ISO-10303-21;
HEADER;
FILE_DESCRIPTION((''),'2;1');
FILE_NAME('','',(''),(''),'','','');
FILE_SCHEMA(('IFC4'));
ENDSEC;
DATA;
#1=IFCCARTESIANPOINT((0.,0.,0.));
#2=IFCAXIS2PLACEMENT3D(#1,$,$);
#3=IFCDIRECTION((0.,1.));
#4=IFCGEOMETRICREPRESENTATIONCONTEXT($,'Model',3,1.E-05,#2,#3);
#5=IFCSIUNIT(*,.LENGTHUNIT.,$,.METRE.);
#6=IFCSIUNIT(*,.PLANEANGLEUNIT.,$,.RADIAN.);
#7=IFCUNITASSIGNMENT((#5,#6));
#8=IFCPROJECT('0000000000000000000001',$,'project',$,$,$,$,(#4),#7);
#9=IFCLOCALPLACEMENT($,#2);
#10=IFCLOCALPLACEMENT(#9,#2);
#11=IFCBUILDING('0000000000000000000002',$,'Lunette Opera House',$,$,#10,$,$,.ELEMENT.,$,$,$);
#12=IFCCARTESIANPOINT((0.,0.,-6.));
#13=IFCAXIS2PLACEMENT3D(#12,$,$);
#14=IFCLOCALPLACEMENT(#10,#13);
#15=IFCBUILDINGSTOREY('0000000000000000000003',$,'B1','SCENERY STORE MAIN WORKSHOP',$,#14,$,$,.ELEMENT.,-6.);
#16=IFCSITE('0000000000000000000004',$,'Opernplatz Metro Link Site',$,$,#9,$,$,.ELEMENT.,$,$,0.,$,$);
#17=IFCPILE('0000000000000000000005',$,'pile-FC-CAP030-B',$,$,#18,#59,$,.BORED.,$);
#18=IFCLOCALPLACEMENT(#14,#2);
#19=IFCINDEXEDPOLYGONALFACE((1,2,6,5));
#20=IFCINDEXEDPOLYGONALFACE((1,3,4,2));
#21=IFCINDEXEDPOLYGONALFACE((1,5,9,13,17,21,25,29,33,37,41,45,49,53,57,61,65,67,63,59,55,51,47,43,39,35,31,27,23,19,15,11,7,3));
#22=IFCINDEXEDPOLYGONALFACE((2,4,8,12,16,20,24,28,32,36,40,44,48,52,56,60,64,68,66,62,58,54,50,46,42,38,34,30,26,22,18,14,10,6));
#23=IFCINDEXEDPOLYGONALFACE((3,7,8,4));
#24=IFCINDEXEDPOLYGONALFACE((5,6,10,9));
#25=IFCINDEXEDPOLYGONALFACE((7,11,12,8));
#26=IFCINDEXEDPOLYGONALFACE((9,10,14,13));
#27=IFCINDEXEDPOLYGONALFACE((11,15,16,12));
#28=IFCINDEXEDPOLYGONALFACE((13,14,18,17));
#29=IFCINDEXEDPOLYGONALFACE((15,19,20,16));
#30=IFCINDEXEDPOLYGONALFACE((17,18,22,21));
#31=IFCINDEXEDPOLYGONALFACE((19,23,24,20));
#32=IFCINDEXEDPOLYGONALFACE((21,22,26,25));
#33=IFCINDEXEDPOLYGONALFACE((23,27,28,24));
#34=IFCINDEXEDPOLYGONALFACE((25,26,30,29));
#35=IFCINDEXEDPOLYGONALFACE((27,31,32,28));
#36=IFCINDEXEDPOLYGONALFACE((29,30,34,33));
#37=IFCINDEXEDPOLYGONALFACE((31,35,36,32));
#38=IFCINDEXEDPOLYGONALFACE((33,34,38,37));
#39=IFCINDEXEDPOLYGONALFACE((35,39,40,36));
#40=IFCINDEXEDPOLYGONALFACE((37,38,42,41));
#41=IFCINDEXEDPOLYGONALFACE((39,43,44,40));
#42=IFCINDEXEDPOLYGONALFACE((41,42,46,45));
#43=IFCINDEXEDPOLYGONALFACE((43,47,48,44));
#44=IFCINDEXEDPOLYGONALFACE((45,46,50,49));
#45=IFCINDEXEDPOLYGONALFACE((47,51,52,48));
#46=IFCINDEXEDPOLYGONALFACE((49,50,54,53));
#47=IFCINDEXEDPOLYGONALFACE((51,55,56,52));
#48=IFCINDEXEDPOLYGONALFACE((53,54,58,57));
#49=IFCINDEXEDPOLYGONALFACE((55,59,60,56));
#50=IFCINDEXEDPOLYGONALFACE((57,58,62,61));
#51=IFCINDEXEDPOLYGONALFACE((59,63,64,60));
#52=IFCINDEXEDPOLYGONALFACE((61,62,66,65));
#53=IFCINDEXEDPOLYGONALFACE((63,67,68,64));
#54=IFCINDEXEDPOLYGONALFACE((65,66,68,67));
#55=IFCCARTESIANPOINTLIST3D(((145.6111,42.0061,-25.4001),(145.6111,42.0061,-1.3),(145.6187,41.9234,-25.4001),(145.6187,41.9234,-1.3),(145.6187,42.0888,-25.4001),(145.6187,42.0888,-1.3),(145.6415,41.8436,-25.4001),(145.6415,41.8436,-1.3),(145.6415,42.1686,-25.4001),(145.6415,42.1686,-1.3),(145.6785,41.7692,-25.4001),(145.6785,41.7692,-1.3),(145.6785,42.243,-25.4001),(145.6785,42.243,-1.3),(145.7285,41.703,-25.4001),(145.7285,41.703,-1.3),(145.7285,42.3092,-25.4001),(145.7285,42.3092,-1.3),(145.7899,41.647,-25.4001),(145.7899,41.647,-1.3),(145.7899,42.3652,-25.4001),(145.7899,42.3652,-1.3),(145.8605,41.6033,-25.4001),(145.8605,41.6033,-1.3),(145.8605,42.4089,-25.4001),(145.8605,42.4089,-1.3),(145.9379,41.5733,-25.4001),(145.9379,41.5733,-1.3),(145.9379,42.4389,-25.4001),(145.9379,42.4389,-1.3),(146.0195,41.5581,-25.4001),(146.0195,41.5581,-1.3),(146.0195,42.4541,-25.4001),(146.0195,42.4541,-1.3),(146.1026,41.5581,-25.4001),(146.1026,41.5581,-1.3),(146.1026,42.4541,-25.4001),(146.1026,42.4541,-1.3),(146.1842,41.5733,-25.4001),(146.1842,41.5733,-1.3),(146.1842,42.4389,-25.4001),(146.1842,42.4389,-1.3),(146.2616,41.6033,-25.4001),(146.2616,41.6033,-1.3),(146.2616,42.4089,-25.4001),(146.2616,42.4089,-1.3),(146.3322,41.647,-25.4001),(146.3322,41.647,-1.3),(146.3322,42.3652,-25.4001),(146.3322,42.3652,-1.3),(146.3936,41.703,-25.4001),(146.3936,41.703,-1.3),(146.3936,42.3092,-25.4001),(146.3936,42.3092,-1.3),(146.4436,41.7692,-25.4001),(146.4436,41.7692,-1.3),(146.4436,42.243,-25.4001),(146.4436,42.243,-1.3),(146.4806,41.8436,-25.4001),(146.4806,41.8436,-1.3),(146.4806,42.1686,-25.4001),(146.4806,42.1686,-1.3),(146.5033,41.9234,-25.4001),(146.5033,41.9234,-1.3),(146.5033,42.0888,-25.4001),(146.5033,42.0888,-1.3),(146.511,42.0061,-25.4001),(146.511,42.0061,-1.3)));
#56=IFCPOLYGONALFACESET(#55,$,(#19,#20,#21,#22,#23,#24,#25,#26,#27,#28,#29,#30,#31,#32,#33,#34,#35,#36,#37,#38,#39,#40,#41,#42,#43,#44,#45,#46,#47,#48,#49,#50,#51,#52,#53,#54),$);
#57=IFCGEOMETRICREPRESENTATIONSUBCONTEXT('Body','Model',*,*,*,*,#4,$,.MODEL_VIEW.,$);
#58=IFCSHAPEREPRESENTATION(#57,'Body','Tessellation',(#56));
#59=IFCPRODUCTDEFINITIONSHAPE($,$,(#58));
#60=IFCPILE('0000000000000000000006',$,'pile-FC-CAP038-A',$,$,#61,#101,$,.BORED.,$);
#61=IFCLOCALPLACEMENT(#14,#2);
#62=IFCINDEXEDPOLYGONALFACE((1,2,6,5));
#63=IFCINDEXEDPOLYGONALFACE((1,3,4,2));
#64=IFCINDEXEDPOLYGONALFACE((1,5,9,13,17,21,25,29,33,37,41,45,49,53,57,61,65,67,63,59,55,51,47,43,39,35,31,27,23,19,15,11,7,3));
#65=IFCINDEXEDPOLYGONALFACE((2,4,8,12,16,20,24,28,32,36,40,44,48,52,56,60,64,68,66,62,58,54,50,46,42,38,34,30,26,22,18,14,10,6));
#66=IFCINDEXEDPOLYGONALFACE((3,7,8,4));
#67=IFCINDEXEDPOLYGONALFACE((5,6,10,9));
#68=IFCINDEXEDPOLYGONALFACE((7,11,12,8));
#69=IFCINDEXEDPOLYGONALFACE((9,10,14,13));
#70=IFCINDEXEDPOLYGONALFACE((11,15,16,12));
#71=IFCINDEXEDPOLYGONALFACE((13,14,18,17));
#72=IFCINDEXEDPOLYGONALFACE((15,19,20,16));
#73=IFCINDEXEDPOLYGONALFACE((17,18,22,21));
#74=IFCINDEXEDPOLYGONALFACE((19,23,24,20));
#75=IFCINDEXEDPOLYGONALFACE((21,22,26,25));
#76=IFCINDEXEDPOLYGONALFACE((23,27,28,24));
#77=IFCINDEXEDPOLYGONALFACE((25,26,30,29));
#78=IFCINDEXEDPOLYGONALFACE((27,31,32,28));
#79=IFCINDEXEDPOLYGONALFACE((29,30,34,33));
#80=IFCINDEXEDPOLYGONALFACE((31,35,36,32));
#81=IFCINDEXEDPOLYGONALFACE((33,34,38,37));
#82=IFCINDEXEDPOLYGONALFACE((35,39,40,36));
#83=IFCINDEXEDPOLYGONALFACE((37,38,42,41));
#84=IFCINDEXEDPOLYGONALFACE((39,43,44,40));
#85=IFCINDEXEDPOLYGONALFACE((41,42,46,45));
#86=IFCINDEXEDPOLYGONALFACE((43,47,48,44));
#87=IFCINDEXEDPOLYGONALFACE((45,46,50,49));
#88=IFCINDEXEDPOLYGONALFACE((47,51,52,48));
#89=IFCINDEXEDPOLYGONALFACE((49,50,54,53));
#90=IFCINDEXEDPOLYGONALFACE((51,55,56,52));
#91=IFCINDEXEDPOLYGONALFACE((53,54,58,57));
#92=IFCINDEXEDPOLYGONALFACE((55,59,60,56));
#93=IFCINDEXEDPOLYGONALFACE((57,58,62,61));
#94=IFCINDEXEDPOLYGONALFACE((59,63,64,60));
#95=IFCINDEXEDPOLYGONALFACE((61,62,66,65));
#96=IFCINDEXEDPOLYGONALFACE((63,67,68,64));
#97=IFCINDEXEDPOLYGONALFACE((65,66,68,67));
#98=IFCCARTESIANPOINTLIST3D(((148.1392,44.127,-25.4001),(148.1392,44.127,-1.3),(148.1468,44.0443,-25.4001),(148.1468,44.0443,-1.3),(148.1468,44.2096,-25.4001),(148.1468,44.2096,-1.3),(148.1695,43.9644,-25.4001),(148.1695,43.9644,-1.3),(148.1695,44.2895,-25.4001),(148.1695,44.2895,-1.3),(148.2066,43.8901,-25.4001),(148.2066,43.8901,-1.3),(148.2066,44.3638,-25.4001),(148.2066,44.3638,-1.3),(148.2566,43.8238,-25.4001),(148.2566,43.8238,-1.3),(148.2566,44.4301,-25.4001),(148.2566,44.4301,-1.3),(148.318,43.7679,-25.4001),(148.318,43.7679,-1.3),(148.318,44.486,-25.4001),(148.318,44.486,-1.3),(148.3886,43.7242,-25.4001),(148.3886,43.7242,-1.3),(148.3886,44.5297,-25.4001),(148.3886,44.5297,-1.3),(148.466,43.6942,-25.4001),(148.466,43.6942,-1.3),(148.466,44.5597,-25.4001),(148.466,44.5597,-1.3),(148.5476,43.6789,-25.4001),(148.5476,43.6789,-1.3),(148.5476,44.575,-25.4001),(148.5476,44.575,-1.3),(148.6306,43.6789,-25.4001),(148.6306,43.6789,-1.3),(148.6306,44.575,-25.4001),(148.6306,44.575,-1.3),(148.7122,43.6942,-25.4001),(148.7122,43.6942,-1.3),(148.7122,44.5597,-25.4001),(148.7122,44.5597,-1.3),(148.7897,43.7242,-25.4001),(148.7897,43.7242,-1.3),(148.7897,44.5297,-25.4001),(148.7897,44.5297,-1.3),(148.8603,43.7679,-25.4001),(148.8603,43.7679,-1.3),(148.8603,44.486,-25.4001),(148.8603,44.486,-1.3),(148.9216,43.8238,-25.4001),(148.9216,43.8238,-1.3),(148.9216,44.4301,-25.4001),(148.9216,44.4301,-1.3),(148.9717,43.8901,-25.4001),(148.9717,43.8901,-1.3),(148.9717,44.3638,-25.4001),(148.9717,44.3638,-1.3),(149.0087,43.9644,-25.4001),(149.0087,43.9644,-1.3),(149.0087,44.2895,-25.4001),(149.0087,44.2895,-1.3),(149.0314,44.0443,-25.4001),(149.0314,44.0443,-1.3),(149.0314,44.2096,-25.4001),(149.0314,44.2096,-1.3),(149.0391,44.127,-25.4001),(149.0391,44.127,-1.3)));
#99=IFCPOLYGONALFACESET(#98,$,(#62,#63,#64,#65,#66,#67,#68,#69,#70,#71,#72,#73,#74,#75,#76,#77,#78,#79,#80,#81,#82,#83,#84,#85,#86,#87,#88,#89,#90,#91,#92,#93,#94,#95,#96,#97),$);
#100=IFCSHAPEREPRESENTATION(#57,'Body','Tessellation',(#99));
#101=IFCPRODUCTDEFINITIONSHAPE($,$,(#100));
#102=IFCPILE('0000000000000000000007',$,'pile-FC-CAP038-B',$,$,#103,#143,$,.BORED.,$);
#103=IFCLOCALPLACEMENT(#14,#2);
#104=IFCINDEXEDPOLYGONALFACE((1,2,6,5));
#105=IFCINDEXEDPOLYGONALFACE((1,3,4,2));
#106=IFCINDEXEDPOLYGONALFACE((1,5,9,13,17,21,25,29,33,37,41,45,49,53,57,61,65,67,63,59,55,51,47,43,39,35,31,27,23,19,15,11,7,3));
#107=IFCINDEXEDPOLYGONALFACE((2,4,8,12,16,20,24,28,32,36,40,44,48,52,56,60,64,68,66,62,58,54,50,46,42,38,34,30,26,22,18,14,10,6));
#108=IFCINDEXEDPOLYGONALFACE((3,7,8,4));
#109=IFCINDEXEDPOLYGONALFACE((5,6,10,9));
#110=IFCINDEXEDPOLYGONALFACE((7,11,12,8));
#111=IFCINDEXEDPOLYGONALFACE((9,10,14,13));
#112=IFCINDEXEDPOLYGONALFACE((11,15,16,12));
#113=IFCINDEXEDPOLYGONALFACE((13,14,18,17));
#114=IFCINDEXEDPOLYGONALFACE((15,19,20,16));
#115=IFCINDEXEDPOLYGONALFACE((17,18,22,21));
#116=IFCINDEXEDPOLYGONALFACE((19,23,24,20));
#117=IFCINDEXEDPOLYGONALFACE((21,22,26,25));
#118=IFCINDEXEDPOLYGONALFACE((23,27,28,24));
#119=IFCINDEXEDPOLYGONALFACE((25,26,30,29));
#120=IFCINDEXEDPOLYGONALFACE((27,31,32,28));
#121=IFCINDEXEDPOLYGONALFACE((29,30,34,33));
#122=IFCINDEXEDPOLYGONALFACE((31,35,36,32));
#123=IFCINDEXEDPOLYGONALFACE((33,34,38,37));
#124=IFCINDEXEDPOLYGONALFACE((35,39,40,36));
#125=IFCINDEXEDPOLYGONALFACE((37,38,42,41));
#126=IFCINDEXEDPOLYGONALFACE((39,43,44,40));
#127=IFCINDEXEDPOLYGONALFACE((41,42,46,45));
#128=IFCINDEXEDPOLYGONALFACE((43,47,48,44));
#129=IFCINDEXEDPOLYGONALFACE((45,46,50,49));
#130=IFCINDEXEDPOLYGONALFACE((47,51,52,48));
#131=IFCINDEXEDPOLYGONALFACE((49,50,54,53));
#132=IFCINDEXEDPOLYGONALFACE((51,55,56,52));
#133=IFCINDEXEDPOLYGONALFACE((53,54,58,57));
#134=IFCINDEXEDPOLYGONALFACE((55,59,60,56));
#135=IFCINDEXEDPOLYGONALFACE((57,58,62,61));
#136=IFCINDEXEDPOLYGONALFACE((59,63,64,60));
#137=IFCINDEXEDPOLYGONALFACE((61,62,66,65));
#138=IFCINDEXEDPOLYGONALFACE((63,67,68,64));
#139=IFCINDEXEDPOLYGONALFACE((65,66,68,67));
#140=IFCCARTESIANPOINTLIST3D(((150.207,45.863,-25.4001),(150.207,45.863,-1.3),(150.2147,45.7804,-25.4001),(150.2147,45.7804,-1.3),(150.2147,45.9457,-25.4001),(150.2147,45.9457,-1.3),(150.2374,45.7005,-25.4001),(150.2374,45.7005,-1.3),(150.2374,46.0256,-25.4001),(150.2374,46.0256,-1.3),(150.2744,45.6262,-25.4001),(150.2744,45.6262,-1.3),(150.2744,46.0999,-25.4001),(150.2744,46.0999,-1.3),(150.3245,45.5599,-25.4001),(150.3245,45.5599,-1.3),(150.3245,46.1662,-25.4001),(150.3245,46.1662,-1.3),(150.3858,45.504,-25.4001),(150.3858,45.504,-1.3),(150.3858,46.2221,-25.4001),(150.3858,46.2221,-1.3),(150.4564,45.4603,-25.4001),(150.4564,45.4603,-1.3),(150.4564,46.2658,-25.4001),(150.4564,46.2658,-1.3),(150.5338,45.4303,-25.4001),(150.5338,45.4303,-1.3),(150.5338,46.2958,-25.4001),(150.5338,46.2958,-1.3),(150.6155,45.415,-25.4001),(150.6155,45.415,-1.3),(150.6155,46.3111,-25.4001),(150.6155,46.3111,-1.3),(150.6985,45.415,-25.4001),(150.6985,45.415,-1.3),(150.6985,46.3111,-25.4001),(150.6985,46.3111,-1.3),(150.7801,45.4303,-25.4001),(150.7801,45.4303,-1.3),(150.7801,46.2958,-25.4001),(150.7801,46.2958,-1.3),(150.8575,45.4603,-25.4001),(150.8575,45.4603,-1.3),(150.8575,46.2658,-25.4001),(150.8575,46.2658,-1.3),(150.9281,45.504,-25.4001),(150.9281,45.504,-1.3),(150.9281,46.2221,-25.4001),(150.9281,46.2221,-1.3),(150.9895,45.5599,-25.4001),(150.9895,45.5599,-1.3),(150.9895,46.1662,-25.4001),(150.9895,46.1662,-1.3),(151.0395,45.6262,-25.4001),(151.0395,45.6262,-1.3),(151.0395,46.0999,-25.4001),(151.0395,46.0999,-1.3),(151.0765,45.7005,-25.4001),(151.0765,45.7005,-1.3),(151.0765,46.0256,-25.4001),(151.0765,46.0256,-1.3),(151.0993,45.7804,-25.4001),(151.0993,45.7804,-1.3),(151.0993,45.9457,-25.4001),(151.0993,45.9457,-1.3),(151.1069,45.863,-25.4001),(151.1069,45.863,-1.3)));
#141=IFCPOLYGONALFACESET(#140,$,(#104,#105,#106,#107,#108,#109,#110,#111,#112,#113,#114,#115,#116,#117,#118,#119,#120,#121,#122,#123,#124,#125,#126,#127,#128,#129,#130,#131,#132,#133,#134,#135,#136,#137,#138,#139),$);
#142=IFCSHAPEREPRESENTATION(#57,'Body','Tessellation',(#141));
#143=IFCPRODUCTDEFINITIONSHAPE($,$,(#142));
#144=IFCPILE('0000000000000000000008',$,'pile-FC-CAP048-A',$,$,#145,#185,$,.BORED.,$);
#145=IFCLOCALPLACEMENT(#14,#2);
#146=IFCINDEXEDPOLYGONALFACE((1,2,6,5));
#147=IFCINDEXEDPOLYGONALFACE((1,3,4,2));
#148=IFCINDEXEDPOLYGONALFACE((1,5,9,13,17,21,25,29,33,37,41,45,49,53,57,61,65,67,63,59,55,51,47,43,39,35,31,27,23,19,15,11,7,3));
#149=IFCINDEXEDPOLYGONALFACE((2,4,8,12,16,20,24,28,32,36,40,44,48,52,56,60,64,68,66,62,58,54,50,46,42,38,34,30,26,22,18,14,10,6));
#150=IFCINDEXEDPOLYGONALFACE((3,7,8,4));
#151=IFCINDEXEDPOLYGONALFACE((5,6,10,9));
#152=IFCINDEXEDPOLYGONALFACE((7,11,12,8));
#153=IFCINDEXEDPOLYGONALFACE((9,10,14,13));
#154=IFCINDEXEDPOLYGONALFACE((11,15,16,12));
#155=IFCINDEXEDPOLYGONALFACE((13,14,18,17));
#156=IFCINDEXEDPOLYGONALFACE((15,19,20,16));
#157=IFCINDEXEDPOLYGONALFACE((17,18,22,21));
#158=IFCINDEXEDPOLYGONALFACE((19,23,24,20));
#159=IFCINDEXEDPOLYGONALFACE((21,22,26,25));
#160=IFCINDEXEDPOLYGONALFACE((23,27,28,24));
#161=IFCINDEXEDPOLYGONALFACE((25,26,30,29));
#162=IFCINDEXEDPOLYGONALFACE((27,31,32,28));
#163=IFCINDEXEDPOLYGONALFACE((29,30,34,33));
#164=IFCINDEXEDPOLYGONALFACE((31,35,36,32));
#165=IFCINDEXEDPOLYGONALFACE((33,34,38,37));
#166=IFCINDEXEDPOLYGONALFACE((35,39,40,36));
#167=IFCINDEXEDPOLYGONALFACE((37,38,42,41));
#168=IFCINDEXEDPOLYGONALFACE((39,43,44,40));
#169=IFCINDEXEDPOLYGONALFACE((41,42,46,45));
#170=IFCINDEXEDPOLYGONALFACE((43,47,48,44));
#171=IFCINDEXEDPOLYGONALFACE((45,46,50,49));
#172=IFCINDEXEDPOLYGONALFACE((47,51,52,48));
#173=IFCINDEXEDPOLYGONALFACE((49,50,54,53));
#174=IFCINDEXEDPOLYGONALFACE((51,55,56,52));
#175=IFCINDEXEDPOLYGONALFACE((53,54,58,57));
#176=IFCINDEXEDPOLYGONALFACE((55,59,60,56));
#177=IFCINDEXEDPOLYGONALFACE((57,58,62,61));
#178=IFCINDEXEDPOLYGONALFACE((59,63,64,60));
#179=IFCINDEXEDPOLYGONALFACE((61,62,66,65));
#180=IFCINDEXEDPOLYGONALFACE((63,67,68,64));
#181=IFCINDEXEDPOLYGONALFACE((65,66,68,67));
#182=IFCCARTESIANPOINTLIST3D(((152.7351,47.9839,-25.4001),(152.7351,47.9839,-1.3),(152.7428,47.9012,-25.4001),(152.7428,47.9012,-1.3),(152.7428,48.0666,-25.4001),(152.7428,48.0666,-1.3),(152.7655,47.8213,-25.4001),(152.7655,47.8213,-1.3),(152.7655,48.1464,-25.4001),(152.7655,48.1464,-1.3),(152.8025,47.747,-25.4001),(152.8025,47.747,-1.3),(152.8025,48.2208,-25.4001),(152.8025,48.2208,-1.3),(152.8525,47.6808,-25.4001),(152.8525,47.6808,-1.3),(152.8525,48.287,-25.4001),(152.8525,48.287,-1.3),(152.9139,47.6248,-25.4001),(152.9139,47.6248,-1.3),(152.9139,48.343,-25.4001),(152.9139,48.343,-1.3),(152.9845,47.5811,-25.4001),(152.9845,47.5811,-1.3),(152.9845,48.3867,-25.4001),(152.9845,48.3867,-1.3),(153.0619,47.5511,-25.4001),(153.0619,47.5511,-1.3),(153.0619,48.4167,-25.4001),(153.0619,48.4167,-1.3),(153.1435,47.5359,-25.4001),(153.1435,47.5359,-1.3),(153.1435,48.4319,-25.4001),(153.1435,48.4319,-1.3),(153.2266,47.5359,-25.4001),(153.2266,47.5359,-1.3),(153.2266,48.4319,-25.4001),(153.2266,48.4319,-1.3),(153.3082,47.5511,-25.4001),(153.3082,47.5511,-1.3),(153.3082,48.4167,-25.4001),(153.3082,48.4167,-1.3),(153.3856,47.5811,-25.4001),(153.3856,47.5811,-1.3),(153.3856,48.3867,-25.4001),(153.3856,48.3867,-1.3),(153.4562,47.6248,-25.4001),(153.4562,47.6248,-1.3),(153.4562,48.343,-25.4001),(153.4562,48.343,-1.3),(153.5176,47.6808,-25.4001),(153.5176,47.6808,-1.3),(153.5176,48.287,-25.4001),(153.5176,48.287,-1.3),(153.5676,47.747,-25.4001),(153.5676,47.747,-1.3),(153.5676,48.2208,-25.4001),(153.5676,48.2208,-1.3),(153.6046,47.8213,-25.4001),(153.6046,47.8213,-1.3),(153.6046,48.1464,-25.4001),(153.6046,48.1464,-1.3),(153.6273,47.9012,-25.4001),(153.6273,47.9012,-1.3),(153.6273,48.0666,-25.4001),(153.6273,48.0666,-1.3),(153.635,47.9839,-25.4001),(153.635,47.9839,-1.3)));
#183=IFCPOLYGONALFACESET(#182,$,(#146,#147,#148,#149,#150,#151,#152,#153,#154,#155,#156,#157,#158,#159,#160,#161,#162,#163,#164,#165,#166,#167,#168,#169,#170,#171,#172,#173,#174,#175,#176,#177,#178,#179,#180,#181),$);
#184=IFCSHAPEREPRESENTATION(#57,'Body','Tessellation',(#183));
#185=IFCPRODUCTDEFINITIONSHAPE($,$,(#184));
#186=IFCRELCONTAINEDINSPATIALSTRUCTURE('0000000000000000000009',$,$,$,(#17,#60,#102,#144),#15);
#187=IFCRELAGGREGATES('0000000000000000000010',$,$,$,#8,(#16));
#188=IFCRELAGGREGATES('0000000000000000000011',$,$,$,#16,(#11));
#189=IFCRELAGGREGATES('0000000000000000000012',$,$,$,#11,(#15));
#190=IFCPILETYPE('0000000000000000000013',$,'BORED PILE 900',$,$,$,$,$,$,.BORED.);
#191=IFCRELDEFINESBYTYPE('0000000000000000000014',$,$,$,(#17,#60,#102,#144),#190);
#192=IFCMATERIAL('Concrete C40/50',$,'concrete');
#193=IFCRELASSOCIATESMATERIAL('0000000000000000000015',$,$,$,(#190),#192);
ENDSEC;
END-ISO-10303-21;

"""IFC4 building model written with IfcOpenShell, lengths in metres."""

from ifc_helpers import new_model, si_unit, direction, frame, origin, origin_2d, place, context, subcontext, project, spatial, circle, extrude, material, material_profile, profile_set, type_object, element, save


model = new_model("IFC4")

# Units and contexts
model_context = context("Model", 3, precision=1e-05, world=origin(), true_north=direction((0.0, 1.0)))
body_context = subcontext(model_context, "Body", "Model", "MODEL_VIEW")
ifc_project = project(units=[si_unit("LENGTHUNIT", "METRE"), si_unit("PLANEANGLEUNIT", "RADIAN")], contexts=[model_context])

# Site, building, storey
site_placement = place(None, origin())
site = spatial("IfcSite", under=ifc_project, at=site_placement, Name="Opernplatz Metro Link Site", CompositionType="ELEMENT", RefElevation=0.0)
building_placement = place(site_placement, origin())
building = spatial("IfcBuilding", under=site, at=building_placement, Name="Lunette Opera House", CompositionType="ELEMENT")
storey_placement = place(building_placement, frame((0.0, 0.0, -6.0)))
storey = spatial("IfcBuildingStorey", under=building, at=storey_placement, Name="B1", Description="SCENERY STORE MAIN WORKSHOP", CompositionType="ELEMENT", Elevation=-6.0)

# Piles
ifc_material_1 = material(Name="Concrete C40/50", Category="concrete")
ifc_material_profile_1 = material_profile(ifc_material_1, circle(Radius=0.45, at=origin_2d()), Name="BORED PILE 900")
ifc_profile_set_1 = profile_set([ifc_material_profile_1], Name="Concrete C40/50")
pile_type = type_object("IfcPileType", Name="BORED PILE 900", PredefinedType="BORED", material=ifc_profile_set_1)
for number, where, z_axis, x_axis, name in (
    (1, (146.061, 42.0061, -1.3), (0.0, 0.0, -1.0), (1.0, 0.0, 0.0), "pile-FC-CAP030-B"),
    (2, (148.5891, 44.127, -1.3), (0.0, 0.0, -1.0), (1.0, 0.0, 0.0), "pile-FC-CAP038-A"),
    (3, (150.657, 45.863, -1.3), (0.0, 0.0, -1.0), (1.0, 0.0, 0.0), "pile-FC-CAP038-B"),
    (4, (153.1851, 47.9839, -1.3), (0.0, 0.0, -1.0), (1.0, 0.0, 0.0), "pile-FC-CAP048-A"),
):
    element("IfcPile", number, at=place(storey_placement, frame(where, z_axis=z_axis, x_axis=x_axis)), inside=storey, type_object=pile_type, Name=name, PredefinedType="BORED", context=body_context, shape_type="SweptSolid", body=[
        extrude(circle(Radius=0.45, at=origin_2d()), origin(), (0.0, 0.0, 1.0), 24.1001),
    ])

save(model, "model.ifc")
